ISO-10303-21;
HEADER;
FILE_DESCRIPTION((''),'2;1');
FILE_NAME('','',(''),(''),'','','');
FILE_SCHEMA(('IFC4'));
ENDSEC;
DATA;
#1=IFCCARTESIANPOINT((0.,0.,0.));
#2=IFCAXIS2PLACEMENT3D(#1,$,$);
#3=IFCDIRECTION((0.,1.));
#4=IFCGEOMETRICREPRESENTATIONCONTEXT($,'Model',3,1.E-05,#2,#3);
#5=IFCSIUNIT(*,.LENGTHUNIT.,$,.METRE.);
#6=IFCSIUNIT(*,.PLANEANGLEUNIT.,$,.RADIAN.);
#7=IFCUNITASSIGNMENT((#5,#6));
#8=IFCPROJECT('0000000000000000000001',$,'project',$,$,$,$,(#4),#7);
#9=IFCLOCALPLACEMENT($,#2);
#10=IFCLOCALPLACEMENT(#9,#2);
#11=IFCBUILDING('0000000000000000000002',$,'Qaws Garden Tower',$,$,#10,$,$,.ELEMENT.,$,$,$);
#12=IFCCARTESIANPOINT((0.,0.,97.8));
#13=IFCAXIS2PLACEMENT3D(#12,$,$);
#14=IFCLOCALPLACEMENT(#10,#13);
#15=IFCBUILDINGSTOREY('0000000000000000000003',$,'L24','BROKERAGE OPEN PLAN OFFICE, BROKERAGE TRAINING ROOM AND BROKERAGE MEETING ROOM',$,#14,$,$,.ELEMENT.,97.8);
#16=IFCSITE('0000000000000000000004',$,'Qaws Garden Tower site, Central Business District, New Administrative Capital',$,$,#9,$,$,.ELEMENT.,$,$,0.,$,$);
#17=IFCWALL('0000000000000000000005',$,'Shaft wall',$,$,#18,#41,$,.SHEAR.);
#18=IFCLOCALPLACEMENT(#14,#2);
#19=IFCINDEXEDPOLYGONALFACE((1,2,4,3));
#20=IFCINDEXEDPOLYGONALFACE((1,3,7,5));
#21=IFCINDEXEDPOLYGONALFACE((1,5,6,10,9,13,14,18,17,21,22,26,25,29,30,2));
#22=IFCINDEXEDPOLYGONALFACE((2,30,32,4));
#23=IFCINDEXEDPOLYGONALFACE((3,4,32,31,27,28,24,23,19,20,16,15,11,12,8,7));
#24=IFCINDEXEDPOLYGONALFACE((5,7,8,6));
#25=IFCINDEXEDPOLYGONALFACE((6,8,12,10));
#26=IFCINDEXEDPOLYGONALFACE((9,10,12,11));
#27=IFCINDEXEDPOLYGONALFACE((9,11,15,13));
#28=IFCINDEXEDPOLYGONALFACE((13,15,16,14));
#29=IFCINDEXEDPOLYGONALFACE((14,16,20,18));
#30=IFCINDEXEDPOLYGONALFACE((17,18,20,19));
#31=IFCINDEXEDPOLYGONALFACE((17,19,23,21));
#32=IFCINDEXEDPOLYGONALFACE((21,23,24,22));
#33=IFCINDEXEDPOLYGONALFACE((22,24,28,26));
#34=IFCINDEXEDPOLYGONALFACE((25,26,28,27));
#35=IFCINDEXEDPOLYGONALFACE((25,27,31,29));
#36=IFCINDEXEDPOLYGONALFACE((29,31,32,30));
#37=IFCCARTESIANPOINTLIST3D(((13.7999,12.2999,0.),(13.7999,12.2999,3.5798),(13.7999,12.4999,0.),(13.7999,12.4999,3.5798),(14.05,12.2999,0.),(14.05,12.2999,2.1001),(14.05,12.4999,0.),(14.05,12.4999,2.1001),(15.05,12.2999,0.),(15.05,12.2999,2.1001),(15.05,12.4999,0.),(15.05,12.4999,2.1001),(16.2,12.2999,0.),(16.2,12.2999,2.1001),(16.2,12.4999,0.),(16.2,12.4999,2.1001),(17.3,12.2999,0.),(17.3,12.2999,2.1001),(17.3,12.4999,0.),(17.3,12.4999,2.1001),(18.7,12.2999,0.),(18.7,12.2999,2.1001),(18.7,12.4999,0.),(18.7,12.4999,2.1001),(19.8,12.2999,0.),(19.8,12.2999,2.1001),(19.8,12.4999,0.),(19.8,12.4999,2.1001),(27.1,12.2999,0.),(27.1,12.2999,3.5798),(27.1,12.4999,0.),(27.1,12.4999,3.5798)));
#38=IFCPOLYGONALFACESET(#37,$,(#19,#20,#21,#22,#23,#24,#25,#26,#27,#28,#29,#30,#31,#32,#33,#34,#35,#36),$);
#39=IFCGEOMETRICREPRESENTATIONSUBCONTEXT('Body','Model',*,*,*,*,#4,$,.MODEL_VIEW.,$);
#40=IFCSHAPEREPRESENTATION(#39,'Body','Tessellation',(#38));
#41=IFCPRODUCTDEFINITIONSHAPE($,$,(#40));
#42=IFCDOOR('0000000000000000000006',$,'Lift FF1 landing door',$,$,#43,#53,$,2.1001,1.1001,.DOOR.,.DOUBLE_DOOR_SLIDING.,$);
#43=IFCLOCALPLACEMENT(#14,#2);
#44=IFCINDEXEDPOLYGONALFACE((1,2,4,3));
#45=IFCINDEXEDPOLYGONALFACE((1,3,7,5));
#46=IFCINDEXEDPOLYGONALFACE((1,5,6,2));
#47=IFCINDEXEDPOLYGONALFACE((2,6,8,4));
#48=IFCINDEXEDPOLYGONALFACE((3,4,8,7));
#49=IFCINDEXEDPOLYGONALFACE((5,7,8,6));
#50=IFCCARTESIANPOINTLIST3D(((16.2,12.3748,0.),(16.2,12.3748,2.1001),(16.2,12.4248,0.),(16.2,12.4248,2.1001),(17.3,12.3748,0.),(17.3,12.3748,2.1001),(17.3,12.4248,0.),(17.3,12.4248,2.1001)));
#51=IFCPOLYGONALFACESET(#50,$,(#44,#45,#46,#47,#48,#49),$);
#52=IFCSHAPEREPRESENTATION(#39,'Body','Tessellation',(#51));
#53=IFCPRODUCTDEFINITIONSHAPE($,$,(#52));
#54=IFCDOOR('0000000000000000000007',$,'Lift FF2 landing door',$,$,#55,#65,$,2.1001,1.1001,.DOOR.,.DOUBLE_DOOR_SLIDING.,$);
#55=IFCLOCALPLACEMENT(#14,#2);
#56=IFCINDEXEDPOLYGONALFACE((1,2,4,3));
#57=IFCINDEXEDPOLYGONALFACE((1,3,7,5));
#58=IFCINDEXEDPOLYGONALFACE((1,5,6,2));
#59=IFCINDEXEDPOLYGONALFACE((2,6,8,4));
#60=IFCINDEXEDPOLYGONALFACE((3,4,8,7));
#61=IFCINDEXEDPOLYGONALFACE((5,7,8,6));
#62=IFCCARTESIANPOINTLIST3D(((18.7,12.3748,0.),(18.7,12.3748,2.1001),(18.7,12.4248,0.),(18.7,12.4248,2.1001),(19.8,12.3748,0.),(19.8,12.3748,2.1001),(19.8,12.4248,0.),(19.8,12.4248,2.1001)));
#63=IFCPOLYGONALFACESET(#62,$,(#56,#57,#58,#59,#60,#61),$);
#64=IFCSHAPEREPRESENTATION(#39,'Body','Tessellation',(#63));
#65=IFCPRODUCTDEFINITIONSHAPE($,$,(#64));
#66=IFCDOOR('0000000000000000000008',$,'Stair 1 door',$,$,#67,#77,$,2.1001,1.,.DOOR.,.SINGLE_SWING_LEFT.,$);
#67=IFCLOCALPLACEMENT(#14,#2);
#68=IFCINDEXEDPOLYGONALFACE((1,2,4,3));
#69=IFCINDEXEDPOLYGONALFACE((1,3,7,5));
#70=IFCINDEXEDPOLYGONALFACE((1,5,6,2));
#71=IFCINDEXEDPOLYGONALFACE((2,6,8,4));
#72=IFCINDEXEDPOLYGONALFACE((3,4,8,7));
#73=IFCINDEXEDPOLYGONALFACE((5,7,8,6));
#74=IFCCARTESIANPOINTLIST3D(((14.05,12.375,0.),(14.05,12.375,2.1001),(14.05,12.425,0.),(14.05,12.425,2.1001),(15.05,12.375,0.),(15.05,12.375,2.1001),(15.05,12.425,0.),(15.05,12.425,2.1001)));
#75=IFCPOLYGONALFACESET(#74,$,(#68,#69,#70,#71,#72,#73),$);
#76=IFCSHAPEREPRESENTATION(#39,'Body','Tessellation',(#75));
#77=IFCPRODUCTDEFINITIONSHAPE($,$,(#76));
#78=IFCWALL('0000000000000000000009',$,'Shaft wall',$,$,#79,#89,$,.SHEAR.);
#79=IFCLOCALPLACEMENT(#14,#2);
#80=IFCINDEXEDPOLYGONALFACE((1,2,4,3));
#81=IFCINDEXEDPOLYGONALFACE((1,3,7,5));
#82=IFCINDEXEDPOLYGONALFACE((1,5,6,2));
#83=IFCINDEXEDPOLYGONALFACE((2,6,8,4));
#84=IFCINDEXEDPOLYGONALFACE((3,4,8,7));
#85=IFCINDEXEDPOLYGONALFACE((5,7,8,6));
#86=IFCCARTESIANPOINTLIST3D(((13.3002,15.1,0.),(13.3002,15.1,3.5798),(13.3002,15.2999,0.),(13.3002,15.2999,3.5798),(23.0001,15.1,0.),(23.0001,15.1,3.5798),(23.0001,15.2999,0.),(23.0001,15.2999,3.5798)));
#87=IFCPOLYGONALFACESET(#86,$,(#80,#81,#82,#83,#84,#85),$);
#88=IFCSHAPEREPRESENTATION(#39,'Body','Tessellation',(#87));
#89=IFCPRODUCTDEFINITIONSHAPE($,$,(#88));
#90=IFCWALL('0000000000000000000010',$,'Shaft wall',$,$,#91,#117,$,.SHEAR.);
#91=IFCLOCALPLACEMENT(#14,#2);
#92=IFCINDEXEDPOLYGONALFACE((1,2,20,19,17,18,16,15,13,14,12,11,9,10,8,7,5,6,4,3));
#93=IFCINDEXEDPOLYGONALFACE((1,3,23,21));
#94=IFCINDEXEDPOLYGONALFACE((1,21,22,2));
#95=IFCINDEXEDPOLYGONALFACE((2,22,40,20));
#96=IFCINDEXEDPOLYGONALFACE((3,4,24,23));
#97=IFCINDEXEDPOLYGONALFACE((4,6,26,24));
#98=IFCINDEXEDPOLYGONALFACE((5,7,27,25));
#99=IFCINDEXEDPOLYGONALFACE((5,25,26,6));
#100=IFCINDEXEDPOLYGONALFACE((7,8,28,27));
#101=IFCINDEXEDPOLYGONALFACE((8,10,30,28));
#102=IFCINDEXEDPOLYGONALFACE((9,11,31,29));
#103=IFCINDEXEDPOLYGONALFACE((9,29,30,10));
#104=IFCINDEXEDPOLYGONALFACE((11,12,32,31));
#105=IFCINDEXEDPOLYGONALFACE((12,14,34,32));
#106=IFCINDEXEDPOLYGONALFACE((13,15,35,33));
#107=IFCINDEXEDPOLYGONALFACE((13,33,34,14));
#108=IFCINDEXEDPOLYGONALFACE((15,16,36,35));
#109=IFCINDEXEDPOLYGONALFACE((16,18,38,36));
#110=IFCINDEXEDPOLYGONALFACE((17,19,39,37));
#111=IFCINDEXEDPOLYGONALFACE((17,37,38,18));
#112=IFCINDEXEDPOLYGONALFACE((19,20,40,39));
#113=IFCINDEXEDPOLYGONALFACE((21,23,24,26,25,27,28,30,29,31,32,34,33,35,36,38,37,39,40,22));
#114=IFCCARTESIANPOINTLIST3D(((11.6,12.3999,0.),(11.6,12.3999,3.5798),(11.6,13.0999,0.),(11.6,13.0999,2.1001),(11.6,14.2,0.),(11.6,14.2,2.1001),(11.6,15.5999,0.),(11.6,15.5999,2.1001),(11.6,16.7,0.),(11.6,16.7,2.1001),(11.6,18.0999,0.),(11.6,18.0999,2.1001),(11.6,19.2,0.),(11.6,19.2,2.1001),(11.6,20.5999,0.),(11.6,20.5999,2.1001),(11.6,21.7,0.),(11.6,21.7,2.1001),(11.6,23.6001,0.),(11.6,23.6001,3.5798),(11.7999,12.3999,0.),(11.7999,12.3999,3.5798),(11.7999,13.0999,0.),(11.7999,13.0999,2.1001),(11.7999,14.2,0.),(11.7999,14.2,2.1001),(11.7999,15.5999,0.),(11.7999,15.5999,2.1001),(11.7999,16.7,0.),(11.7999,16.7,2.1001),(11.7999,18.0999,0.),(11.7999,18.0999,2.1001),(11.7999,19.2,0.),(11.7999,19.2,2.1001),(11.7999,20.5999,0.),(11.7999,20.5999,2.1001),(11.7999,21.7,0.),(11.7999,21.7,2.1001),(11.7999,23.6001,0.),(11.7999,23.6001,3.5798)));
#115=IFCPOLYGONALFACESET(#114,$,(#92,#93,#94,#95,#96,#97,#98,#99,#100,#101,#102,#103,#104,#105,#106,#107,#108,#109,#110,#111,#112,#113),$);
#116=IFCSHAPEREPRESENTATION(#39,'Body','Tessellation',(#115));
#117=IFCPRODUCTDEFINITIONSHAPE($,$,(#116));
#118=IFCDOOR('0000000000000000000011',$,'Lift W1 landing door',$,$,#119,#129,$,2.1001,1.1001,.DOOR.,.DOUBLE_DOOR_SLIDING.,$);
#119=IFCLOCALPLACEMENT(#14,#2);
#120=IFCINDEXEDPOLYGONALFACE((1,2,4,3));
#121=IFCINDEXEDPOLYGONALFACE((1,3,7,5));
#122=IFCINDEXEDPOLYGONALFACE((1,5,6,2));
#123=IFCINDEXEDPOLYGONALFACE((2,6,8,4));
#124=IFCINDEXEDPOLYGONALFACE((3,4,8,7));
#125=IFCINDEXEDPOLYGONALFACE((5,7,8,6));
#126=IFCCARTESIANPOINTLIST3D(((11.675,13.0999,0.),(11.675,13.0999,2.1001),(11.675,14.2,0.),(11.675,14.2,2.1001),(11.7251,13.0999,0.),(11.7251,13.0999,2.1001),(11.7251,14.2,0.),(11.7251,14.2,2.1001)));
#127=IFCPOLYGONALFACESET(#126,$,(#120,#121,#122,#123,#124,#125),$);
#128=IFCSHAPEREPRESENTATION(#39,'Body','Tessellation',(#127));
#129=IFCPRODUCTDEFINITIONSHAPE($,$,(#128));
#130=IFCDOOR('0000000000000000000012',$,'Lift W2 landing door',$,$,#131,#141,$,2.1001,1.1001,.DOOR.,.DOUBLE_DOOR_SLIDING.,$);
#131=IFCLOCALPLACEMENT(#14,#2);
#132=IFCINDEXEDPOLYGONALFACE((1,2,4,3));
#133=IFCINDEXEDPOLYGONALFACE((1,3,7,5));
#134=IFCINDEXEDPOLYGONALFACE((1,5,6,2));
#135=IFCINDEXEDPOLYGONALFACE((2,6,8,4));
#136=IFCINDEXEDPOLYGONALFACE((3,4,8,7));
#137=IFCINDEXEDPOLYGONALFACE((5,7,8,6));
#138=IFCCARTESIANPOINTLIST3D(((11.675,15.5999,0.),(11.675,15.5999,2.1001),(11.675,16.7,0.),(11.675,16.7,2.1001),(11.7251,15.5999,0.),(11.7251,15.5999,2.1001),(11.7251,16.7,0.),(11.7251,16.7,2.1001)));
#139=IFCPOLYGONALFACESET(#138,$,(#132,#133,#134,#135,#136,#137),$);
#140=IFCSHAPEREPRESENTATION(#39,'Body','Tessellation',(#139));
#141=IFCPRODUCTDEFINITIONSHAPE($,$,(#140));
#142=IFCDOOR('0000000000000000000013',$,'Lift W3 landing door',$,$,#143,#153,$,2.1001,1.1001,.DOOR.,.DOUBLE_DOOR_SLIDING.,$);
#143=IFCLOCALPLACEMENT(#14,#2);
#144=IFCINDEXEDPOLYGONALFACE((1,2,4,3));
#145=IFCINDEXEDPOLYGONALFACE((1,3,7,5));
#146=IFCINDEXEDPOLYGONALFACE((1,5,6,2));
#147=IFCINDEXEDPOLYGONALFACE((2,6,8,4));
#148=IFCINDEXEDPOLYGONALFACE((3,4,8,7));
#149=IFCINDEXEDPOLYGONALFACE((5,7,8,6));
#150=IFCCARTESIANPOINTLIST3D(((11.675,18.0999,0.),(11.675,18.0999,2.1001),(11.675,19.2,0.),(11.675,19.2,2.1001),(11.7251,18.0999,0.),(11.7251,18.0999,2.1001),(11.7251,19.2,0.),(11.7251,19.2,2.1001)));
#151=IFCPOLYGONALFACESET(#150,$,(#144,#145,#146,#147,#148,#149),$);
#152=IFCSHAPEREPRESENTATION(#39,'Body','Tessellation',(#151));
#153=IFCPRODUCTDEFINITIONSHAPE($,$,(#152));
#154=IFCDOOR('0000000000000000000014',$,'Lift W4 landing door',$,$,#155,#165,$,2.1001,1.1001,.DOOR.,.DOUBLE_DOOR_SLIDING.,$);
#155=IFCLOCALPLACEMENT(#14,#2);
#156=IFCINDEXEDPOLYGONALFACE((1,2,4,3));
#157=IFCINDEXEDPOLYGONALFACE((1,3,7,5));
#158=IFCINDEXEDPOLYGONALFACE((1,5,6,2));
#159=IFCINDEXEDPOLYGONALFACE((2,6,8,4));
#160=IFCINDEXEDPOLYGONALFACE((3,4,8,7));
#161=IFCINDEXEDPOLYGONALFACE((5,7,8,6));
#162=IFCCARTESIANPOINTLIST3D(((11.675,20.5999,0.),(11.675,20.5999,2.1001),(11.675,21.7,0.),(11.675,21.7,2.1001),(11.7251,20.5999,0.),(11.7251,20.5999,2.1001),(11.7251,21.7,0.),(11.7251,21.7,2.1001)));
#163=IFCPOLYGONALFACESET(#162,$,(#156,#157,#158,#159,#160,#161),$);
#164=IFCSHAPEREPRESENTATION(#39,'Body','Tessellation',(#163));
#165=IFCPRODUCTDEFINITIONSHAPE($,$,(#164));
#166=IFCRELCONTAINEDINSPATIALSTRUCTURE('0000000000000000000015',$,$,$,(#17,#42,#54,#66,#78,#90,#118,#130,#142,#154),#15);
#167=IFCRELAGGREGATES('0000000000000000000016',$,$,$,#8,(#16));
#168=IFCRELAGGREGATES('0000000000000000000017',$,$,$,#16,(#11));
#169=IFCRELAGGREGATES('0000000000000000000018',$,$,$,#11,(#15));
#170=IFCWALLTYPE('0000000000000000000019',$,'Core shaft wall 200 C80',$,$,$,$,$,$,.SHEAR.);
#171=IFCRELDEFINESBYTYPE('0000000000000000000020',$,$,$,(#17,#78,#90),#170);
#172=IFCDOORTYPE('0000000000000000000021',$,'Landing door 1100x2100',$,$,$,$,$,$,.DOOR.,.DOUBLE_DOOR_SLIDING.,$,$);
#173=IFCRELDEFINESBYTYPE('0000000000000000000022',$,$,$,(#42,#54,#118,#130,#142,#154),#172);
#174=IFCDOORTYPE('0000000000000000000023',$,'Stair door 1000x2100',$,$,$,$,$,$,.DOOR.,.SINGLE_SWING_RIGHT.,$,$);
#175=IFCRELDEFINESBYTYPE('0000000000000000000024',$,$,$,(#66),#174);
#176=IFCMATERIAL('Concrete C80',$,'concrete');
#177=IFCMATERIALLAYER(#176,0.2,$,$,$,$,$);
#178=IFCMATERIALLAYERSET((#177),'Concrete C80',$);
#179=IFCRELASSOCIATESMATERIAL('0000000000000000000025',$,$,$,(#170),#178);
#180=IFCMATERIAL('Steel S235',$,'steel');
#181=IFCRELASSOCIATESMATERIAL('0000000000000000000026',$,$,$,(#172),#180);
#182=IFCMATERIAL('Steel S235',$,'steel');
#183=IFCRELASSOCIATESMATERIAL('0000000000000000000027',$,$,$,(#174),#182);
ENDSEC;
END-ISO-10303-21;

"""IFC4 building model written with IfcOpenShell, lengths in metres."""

from ifc_helpers import new_model, si_unit, direction, frame, frame_2d, origin, place, context, subcontext, project, spatial, rectangle, extrude, material, layer, layer_set, type_object, element, fill, save


model = new_model("IFC4")

# Units and contexts
model_context = context("Model", 3, precision=1e-05, world=origin(), true_north=direction((0.0, 1.0)))
body_context = subcontext(model_context, "Body", "Model", "MODEL_VIEW")
ifc_project = project(units=[si_unit("LENGTHUNIT", "METRE"), si_unit("PLANEANGLEUNIT", "RADIAN")], contexts=[model_context])

# Site, building, storey
site_placement = place(None, origin())
site = spatial("IfcSite", under=ifc_project, at=site_placement, Name="Qaws Garden Tower site, Central Business District, New Administrative Capital", CompositionType="ELEMENT", RefElevation=0.0)
building_placement = place(site_placement, origin())
building = spatial("IfcBuilding", under=site, at=building_placement, Name="Qaws Garden Tower", CompositionType="ELEMENT")
storey_placement = place(building_placement, frame((0.0, 0.0, 97.8)))
storey = spatial("IfcBuildingStorey", under=building, at=storey_placement, Name="L24", Description="BROKERAGE OPEN PLAN OFFICE, BROKERAGE TRAINING ROOM AND BROKERAGE MEETING ROOM", CompositionType="ELEMENT", Elevation=97.8)

# Wall, openings, doors
ifc_material_1 = material(Name="Concrete C80", Category="concrete")
ifc_layer_1 = layer(ifc_material_1, 0.2)
ifc_layer_set_1 = layer_set([ifc_layer_1], Name="Concrete C80")
wall_type_1 = type_object("IfcWallType", Name="Core shaft wall 200 C80", PredefinedType="SHEAR", material=ifc_layer_set_1)
wall_1_placement = place(storey_placement, frame((13.8, 12.3999, 0.0), z_axis=(0.0, 0.0, 1.0), x_axis=(1.0, 0.0, 0.0)))
wall_1 = element("IfcWall", 1, at=wall_1_placement, inside=storey, type_object=wall_type_1, Name="Shaft wall", PredefinedType="SHEAR", context=body_context, shape_type="SweptSolid", body=[
    extrude(rectangle(XDim=13.3, YDim=0.2, at=frame_2d((6.6499, 0.0))), origin(), (0.0, 0.0, 1.0), 3.5798),
])
opening_1_placement = place(wall_1_placement, frame((2.3999, 0.0, 0.0)))
opening_1 = element("IfcOpeningElement", 2, at=opening_1_placement, cuts=wall_1, PredefinedType="OPENING", context=body_context, shape_type="SweptSolid", body=[
    extrude(rectangle(XDim=1.1001, YDim=2.1001, at=frame_2d((0.55, 1.05))), frame((0.0, 0.1099, 0.0), z_axis=(0.0, -1.0, 0.0), x_axis=(1.0, 0.0, 0.0)), (0.0, 0.0, 1.0), 0.22),
])
opening_2_placement = place(wall_1_placement, frame((4.8999, 0.0, 0.0)))
opening_2 = element("IfcOpeningElement", 3, at=opening_2_placement, cuts=wall_1, PredefinedType="OPENING", context=body_context, shape_type="SweptSolid", body=[
    extrude(rectangle(XDim=1.1001, YDim=2.1001, at=frame_2d((0.55, 1.05))), frame((0.0, 0.1099, 0.0), z_axis=(0.0, -1.0, 0.0), x_axis=(1.0, 0.0, 0.0)), (0.0, 0.0, 1.0), 0.22),
])
opening_3_placement = place(wall_1_placement, frame((0.25, 0.0, 0.0)))
opening_3 = element("IfcOpeningElement", 4, at=opening_3_placement, cuts=wall_1, PredefinedType="OPENING", context=body_context, shape_type="SweptSolid", body=[
    extrude(rectangle(XDim=1.0, YDim=2.1001, at=frame_2d((0.5, 1.05))), frame((0.0, 0.1099, 0.0), z_axis=(0.0, -1.0, 0.0), x_axis=(1.0, 0.0, 0.0)), (0.0, 0.0, 1.0), 0.22),
])
ifc_material_2 = material(Name="Steel S235", Category="steel")
door_type_1 = type_object("IfcDoorType", Name="Landing door 1100x2100", OperationType="DOUBLE_DOOR_SLIDING", PredefinedType="DOOR", material=ifc_material_2)
door_1_placement = place(opening_1_placement, origin())
door_1 = element("IfcDoor", 5, at=door_1_placement, inside=storey, type_object=door_type_1, Name="Lift FF1 landing door", OperationType="DOUBLE_DOOR_SLIDING", OverallHeight=2.1001, OverallWidth=1.1001, PredefinedType="DOOR", context=body_context, shape_type="SweptSolid", body=[
    extrude(rectangle(XDim=1.1001, YDim=2.1001, at=frame_2d((0.55, 1.05))), frame((0.0, 0.0249, 0.0), z_axis=(0.0, -1.0, 0.0), x_axis=(1.0, 0.0, 0.0)), (0.0, 0.0, 1.0), 0.05),
])
fill(opening_1, door_1)
door_2_placement = place(opening_2_placement, origin())
door_2 = element("IfcDoor", 6, at=door_2_placement, inside=storey, type_object=door_type_1, Name="Lift FF2 landing door", OperationType="DOUBLE_DOOR_SLIDING", OverallHeight=2.1001, OverallWidth=1.1001, PredefinedType="DOOR", context=body_context, shape_type="SweptSolid", body=[
    extrude(rectangle(XDim=1.1001, YDim=2.1001, at=frame_2d((0.55, 1.05))), frame((0.0, 0.0249, 0.0), z_axis=(0.0, -1.0, 0.0), x_axis=(1.0, 0.0, 0.0)), (0.0, 0.0, 1.0), 0.05),
])
fill(opening_2, door_2)
ifc_material_3 = material(Name="Steel S235", Category="steel")
door_type_2 = type_object("IfcDoorType", Name="Stair door 1000x2100", OperationType="SINGLE_SWING_RIGHT", PredefinedType="DOOR", material=ifc_material_3)
door_3_placement = place(opening_3_placement, frame((1.0, 0.0, 0.0), z_axis=(0.0, 0.0, 1.0), x_axis=(-1.0, 0.0, 0.0)))
door_3 = element("IfcDoor", 7, at=door_3_placement, inside=storey, type_object=door_type_2, Name="Stair 1 door", OperationType="SINGLE_SWING_LEFT", OverallHeight=2.1001, OverallWidth=1.0, PredefinedType="DOOR", context=body_context, shape_type="SweptSolid", body=[
    extrude(rectangle(XDim=1.0, YDim=2.1001, at=frame_2d((0.5, 1.05))), frame((0.0, 0.0249, 0.0), z_axis=(0.0, -1.0, 0.0), x_axis=(1.0, 0.0, 0.0)), (0.0, 0.0, 1.0), 0.05),
])
fill(opening_3, door_3)

# Wall
wall_2_placement = place(storey_placement, frame((13.3, 15.2, 0.0), z_axis=(0.0, 0.0, 1.0), x_axis=(1.0, 0.0, 0.0)))
element("IfcWall", 8, at=wall_2_placement, inside=storey, type_object=wall_type_1, Name="Shaft wall", PredefinedType="SHEAR", context=body_context, shape_type="SweptSolid", body=[
    extrude(rectangle(XDim=9.7, YDim=0.2, at=frame_2d((4.8501, 0.0))), origin(), (0.0, 0.0, 1.0), 3.5798),
])

# Wall, openings, doors
wall_3_placement = place(storey_placement, frame((11.7, 12.3999, 0.0), z_axis=(0.0, 0.0, 1.0), x_axis=(0.0, 1.0, 0.0)))
wall_3 = element("IfcWall", 9, at=wall_3_placement, inside=storey, type_object=wall_type_1, Name="Shaft wall", PredefinedType="SHEAR", context=body_context, shape_type="SweptSolid", body=[
    extrude(rectangle(XDim=11.2002, YDim=0.2, at=frame_2d((5.6001, 0.0))), origin(), (0.0, 0.0, 1.0), 3.5798),
])
opening_4_placement = place(wall_3_placement, frame((0.7, 0.0, 0.0)))
opening_4 = element("IfcOpeningElement", 10, at=opening_4_placement, cuts=wall_3, PredefinedType="OPENING", context=body_context, shape_type="SweptSolid", body=[
    extrude(rectangle(XDim=1.1001, YDim=2.1001, at=frame_2d((0.55, 1.05))), frame((0.0, 0.1099, 0.0), z_axis=(0.0, -1.0, 0.0), x_axis=(1.0, 0.0, 0.0)), (0.0, 0.0, 1.0), 0.22),
])
opening_5_placement = place(wall_3_placement, frame((3.2, 0.0, 0.0)))
opening_5 = element("IfcOpeningElement", 11, at=opening_5_placement, cuts=wall_3, PredefinedType="OPENING", context=body_context, shape_type="SweptSolid", body=[
    extrude(rectangle(XDim=1.1001, YDim=2.1001, at=frame_2d((0.55, 1.05))), frame((0.0, 0.1099, 0.0), z_axis=(0.0, -1.0, 0.0), x_axis=(1.0, 0.0, 0.0)), (0.0, 0.0, 1.0), 0.22),
])
opening_6_placement = place(wall_3_placement, frame((5.7, 0.0, 0.0)))
opening_6 = element("IfcOpeningElement", 12, at=opening_6_placement, cuts=wall_3, PredefinedType="OPENING", context=body_context, shape_type="SweptSolid", body=[
    extrude(rectangle(XDim=1.1001, YDim=2.1001, at=frame_2d((0.55, 1.05))), frame((0.0, 0.1099, 0.0), z_axis=(0.0, -1.0, 0.0), x_axis=(1.0, 0.0, 0.0)), (0.0, 0.0, 1.0), 0.22),
])
opening_7_placement = place(wall_3_placement, frame((8.2, 0.0, 0.0)))
opening_7 = element("IfcOpeningElement", 13, at=opening_7_placement, cuts=wall_3, PredefinedType="OPENING", context=body_context, shape_type="SweptSolid", body=[
    extrude(rectangle(XDim=1.1001, YDim=2.1001, at=frame_2d((0.55, 1.05))), frame((0.0, 0.1099, 0.0), z_axis=(0.0, -1.0, 0.0), x_axis=(1.0, 0.0, 0.0)), (0.0, 0.0, 1.0), 0.22),
])
door_4_placement = place(opening_4_placement, origin())
door_4 = element("IfcDoor", 14, at=door_4_placement, inside=storey, type_object=door_type_1, Name="Lift W1 landing door", OperationType="DOUBLE_DOOR_SLIDING", OverallHeight=2.1001, OverallWidth=1.1001, PredefinedType="DOOR", context=body_context, shape_type="SweptSolid", body=[
    extrude(rectangle(XDim=1.1001, YDim=2.1001, at=frame_2d((0.55, 1.05))), frame((0.0, 0.0249, 0.0), z_axis=(0.0, -1.0, 0.0), x_axis=(1.0, 0.0, 0.0)), (0.0, 0.0, 1.0), 0.05),
])
fill(opening_4, door_4)
door_5_placement = place(opening_5_placement, origin())
door_5 = element("IfcDoor", 15, at=door_5_placement, inside=storey, type_object=door_type_1, Name="Lift W2 landing door", OperationType="DOUBLE_DOOR_SLIDING", OverallHeight=2.1001, OverallWidth=1.1001, PredefinedType="DOOR", context=body_context, shape_type="SweptSolid", body=[
    extrude(rectangle(XDim=1.1001, YDim=2.1001, at=frame_2d((0.55, 1.05))), frame((0.0, 0.0249, 0.0), z_axis=(0.0, -1.0, 0.0), x_axis=(1.0, 0.0, 0.0)), (0.0, 0.0, 1.0), 0.05),
])
fill(opening_5, door_5)
door_6_placement = place(opening_6_placement, origin())
door_6 = element("IfcDoor", 16, at=door_6_placement, inside=storey, type_object=door_type_1, Name="Lift W3 landing door", OperationType="DOUBLE_DOOR_SLIDING", OverallHeight=2.1001, OverallWidth=1.1001, PredefinedType="DOOR", context=body_context, shape_type="SweptSolid", body=[
    extrude(rectangle(XDim=1.1001, YDim=2.1001, at=frame_2d((0.55, 1.05))), frame((0.0, 0.0249, 0.0), z_axis=(0.0, -1.0, 0.0), x_axis=(1.0, 0.0, 0.0)), (0.0, 0.0, 1.0), 0.05),
])
fill(opening_6, door_6)
door_7_placement = place(opening_7_placement, origin())
door_7 = element("IfcDoor", 17, at=door_7_placement, inside=storey, type_object=door_type_1, Name="Lift W4 landing door", OperationType="DOUBLE_DOOR_SLIDING", OverallHeight=2.1001, OverallWidth=1.1001, PredefinedType="DOOR", context=body_context, shape_type="SweptSolid", body=[
    extrude(rectangle(XDim=1.1001, YDim=2.1001, at=frame_2d((0.55, 1.05))), frame((0.0, 0.0249, 0.0), z_axis=(0.0, -1.0, 0.0), x_axis=(1.0, 0.0, 0.0)), (0.0, 0.0, 1.0), 0.05),
])
fill(opening_7, door_7)

save(model, "model.ifc")
